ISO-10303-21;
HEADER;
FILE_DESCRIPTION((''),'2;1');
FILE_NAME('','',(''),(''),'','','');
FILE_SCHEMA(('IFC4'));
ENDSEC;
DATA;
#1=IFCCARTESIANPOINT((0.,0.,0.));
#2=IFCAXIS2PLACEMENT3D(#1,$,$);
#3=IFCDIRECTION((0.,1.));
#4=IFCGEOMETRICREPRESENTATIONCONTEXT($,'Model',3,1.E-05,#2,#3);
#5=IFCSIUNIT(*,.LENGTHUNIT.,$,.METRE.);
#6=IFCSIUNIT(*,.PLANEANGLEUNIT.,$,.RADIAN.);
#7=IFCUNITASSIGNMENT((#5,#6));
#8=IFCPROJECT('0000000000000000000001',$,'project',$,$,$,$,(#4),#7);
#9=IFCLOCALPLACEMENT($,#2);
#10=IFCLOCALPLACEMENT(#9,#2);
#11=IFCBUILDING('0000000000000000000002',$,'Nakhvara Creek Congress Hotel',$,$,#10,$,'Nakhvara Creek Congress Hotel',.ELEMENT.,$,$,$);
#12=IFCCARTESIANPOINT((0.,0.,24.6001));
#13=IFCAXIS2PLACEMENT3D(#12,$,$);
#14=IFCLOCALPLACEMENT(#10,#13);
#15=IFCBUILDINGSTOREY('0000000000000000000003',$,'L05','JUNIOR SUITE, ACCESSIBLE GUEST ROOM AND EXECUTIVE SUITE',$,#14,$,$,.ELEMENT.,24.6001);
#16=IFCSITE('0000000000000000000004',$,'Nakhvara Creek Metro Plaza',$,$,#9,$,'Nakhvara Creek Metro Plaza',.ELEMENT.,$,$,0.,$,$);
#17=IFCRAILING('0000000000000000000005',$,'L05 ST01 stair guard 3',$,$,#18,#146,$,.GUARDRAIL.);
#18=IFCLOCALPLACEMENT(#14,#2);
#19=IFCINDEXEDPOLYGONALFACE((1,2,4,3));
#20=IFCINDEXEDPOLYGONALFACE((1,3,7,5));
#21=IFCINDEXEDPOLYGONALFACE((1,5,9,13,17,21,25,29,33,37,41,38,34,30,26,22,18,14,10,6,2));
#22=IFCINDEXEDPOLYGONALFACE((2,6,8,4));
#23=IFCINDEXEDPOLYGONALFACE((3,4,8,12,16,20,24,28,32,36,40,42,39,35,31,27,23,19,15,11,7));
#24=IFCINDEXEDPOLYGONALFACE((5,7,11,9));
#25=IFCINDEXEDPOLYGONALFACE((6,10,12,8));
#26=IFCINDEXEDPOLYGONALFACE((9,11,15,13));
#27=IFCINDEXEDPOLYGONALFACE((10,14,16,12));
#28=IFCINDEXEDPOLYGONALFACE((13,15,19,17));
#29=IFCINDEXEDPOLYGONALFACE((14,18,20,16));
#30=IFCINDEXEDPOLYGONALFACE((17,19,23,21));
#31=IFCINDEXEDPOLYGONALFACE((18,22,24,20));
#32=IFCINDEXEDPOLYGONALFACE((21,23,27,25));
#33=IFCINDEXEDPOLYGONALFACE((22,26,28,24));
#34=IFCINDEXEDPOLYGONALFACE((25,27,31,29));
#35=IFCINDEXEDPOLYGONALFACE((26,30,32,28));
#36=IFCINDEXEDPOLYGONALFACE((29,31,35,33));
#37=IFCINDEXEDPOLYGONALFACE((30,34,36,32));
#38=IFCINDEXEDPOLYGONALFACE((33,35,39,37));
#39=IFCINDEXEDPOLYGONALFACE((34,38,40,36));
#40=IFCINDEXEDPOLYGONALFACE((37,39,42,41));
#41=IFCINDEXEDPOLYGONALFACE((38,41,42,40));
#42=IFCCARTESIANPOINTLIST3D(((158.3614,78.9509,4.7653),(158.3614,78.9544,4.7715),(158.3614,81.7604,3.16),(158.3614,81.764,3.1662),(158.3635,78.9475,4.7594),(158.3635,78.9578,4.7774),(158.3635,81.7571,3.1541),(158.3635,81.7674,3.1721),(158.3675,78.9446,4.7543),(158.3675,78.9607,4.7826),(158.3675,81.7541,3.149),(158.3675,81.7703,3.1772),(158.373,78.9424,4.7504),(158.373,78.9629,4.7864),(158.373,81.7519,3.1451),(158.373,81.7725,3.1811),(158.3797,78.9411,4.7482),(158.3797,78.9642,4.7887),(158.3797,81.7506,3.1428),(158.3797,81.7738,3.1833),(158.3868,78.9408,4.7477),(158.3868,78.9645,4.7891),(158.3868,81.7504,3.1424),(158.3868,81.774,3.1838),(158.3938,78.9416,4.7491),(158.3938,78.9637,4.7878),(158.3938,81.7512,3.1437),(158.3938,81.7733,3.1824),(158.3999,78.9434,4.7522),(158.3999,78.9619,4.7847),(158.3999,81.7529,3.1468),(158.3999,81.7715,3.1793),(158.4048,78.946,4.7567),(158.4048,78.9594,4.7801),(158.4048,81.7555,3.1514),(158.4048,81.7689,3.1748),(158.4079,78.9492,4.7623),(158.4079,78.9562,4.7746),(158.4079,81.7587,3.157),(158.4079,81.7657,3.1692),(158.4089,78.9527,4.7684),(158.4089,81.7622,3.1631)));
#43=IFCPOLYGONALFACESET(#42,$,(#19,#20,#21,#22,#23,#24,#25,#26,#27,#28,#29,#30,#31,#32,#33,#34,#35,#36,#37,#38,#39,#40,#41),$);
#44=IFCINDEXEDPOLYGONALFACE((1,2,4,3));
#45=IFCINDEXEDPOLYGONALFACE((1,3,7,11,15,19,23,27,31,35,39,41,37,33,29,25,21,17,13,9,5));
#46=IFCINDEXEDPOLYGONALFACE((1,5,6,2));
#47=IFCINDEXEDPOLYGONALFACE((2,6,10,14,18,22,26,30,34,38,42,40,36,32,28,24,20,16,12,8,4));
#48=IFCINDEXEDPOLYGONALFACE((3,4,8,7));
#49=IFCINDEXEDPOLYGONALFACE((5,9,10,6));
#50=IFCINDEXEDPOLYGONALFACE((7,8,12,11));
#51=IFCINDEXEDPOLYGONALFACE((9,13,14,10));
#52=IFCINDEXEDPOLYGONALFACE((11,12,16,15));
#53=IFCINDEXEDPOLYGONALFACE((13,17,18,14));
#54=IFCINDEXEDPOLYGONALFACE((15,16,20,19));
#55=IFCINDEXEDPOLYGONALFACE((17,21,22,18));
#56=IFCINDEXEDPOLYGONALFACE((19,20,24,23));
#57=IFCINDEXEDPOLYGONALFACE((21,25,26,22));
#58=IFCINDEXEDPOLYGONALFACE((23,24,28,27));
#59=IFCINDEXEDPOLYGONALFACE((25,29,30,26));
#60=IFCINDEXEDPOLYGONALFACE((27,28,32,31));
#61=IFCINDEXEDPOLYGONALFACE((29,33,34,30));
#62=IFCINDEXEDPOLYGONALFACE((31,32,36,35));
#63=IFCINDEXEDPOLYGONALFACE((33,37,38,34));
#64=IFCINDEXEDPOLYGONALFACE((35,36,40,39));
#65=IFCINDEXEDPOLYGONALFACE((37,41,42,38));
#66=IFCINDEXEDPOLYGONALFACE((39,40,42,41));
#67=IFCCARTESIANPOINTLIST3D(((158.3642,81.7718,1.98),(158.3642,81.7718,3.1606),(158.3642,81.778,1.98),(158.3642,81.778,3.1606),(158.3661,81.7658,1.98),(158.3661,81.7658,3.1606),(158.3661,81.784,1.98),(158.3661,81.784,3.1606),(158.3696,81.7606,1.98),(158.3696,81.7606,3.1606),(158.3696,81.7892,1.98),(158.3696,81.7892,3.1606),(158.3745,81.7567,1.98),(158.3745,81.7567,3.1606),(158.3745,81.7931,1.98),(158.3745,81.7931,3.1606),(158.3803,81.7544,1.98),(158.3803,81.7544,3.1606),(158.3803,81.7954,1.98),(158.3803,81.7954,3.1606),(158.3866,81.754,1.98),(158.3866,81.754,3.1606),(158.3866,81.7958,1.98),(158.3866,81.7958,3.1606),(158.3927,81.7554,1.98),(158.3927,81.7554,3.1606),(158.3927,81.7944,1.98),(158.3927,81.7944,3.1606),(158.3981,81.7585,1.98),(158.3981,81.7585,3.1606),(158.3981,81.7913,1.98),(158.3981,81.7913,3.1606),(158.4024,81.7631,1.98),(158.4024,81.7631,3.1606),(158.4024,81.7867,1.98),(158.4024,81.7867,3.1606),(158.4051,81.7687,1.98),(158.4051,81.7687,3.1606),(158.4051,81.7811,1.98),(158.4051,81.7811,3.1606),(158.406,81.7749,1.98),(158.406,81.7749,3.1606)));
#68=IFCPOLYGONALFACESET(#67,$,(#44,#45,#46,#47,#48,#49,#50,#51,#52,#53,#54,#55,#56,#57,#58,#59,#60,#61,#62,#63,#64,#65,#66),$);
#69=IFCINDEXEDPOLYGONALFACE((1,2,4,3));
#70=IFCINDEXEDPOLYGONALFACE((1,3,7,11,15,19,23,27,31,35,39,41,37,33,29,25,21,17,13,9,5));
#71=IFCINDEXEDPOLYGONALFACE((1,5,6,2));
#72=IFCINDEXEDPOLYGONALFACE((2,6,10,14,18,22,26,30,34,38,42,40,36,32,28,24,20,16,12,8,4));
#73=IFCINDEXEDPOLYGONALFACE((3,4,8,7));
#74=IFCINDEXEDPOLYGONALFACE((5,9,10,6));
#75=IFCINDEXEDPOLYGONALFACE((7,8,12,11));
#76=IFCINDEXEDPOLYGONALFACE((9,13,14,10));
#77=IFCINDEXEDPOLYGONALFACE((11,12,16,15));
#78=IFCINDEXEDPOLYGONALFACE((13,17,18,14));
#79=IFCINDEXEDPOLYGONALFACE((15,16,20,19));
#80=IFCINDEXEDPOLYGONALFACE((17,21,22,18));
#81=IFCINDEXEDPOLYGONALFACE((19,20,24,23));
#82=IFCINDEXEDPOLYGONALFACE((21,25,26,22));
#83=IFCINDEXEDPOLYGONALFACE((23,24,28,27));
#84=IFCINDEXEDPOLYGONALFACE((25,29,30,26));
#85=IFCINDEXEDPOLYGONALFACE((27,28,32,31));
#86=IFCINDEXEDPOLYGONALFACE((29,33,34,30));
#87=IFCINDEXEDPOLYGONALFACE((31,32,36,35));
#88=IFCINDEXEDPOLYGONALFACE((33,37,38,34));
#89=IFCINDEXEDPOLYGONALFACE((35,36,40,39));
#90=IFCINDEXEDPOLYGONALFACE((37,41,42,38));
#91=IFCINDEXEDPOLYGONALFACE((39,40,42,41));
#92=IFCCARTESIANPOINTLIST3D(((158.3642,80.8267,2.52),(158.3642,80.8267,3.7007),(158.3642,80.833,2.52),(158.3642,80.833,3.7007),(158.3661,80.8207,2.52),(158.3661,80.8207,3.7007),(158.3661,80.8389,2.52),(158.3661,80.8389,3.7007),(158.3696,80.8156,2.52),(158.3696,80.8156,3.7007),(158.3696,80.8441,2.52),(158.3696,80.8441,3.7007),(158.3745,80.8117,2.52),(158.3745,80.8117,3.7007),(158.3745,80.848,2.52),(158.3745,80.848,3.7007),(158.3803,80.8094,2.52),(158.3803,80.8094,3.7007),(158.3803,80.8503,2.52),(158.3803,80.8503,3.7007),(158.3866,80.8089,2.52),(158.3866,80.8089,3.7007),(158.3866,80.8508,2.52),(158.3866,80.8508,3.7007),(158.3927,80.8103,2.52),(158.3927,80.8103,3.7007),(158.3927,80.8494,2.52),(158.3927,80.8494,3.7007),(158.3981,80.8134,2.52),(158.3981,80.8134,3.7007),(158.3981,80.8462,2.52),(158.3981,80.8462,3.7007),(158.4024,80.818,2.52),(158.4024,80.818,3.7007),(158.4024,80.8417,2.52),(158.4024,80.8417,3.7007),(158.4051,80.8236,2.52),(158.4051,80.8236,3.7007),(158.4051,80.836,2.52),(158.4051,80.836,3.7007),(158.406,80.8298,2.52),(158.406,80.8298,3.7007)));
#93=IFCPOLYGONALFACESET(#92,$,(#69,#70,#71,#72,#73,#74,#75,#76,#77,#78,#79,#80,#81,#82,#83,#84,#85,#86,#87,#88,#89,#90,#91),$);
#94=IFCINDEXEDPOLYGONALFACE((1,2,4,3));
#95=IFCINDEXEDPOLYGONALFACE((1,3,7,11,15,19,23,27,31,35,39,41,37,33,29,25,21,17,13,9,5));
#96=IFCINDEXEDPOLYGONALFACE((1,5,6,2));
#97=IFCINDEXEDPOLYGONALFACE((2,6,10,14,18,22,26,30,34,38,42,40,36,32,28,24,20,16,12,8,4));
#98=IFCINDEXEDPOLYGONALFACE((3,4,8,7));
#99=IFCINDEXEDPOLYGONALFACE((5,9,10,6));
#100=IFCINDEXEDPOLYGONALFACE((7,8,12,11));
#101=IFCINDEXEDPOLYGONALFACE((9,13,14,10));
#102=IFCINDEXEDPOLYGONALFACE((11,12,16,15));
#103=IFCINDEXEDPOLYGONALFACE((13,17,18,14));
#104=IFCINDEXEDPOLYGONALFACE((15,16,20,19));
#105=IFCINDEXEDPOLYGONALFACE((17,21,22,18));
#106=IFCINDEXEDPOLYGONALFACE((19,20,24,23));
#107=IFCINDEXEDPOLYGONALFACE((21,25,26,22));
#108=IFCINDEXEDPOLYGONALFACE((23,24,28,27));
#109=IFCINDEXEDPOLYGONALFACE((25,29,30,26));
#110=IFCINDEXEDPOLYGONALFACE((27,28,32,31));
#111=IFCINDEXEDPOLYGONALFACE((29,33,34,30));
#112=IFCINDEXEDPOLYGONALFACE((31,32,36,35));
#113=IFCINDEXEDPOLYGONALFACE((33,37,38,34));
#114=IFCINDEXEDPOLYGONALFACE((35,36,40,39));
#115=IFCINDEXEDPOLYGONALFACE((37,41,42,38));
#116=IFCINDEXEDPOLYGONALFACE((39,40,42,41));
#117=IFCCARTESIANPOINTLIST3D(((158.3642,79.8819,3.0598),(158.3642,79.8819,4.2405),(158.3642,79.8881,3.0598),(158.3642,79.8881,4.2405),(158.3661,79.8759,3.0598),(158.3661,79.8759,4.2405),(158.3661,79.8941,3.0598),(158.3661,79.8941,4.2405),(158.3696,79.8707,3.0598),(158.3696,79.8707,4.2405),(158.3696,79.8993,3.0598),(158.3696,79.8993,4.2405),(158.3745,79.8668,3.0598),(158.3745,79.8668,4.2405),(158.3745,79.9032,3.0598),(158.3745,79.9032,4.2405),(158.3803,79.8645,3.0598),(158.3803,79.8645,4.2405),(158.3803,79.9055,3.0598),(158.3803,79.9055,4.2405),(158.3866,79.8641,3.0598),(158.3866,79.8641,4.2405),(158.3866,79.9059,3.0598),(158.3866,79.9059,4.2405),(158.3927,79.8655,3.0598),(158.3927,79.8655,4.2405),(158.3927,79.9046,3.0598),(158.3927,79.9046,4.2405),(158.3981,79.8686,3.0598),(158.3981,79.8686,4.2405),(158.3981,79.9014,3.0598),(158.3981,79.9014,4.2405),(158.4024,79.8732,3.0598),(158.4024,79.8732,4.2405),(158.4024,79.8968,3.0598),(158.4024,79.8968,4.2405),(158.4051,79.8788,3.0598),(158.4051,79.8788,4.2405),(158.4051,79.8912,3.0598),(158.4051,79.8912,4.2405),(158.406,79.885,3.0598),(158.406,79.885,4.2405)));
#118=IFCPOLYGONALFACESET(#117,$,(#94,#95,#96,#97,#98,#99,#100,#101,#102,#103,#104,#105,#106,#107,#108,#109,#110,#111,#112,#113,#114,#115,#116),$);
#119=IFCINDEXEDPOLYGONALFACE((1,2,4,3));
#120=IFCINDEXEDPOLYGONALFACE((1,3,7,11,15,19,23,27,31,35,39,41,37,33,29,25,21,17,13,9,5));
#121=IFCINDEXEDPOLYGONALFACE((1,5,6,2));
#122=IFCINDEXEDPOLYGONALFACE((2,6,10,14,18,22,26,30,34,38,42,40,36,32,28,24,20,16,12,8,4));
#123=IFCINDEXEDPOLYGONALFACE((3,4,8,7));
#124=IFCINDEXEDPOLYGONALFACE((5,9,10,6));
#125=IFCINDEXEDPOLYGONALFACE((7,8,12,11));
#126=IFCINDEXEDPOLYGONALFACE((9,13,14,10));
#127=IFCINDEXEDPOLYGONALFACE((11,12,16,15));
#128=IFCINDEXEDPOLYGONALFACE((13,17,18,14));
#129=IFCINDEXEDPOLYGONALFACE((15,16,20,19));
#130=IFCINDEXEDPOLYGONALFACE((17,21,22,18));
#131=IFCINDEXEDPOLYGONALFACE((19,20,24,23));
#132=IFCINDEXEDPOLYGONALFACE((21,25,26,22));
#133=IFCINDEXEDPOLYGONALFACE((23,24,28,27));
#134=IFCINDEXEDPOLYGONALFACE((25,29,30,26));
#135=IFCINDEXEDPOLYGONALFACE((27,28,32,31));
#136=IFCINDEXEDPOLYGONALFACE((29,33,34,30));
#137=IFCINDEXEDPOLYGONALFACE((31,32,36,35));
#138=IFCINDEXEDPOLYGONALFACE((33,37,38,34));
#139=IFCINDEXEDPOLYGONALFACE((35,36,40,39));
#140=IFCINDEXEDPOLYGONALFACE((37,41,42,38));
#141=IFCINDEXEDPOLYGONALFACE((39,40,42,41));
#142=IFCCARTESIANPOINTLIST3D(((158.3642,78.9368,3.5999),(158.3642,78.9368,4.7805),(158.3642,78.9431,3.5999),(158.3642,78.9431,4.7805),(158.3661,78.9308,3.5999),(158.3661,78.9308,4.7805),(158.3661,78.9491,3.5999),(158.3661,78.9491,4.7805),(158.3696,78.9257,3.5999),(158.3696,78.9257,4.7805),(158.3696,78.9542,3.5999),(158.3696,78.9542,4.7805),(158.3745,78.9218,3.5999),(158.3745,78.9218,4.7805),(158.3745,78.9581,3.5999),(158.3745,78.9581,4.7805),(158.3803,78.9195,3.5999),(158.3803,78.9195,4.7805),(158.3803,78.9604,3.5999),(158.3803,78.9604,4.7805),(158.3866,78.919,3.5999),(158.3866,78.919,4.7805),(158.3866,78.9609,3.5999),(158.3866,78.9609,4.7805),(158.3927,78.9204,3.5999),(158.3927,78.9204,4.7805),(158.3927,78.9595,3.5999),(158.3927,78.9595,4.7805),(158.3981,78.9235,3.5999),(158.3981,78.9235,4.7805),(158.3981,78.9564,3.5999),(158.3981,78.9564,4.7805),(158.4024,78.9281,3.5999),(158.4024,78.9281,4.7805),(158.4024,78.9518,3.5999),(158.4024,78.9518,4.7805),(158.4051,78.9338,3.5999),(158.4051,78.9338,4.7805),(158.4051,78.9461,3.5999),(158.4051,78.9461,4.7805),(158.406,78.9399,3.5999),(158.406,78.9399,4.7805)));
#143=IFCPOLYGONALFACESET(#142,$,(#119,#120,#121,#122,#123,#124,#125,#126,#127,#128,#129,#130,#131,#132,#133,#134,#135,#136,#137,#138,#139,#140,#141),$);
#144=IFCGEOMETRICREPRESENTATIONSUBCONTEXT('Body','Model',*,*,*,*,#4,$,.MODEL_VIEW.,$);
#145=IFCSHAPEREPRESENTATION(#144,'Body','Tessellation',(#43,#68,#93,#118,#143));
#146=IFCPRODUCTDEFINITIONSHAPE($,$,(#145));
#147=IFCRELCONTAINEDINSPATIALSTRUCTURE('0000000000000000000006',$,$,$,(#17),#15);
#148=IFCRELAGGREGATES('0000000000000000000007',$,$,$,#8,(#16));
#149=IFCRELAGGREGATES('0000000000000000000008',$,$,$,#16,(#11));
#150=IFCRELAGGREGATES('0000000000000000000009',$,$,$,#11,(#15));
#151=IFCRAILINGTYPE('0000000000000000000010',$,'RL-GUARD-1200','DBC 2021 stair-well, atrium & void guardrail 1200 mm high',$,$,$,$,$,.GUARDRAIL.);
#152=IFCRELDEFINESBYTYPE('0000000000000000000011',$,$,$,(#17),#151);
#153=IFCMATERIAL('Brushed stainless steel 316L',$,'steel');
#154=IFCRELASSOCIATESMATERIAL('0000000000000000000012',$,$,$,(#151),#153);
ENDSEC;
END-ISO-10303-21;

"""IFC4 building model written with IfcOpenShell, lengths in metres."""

from ifc_helpers import new_model, si_unit, direction, frame, origin, origin_2d, place, context, subcontext, project, spatial, circle, extrude, material, type_object, element, save


model = new_model("IFC4")

# Units and contexts
model_context = context("Model", 3, precision=1e-05, world=origin(), true_north=direction((0.0, 1.0)))
body_context = subcontext(model_context, "Body", "Model", "MODEL_VIEW")
ifc_project = project(units=[si_unit("LENGTHUNIT", "METRE"), si_unit("PLANEANGLEUNIT", "RADIAN")], contexts=[model_context])

# Site, building, storey
site_placement = place(None, origin())
site = spatial("IfcSite", under=ifc_project, at=site_placement, Name="Nakhvara Creek Metro Plaza", LongName="Nakhvara Creek Metro Plaza", CompositionType="ELEMENT", RefElevation=0.0)
building_placement = place(site_placement, origin())
building = spatial("IfcBuilding", under=site, at=building_placement, Name="Nakhvara Creek Congress Hotel", LongName="Nakhvara Creek Congress Hotel", CompositionType="ELEMENT")
storey_placement = place(building_placement, frame((0.0, 0.0, 24.6001)))
storey = spatial("IfcBuildingStorey", under=building, at=storey_placement, Name="L05", Description="JUNIOR SUITE, ACCESSIBLE GUEST ROOM AND EXECUTIVE SUITE", CompositionType="ELEMENT", Elevation=24.6001)

# Railing
ifc_material_1 = material(Name="Brushed stainless steel 316L", Category="steel")
railing_type_1 = type_object("IfcRailingType", Name="RL-GUARD-1200", Description="DBC 2021 stair-well, atrium & void guardrail 1200 mm high", PredefinedType="GUARDRAIL", material=ifc_material_1)
railing_1_placement = place(storey_placement, frame((158.385, 81.7749, 1.98)))
element("IfcRailing", 1, at=railing_1_placement, inside=storey, type_object=railing_type_1, Name="L05 ST01 stair guard 3", PredefinedType="GUARDRAIL", context=body_context, shape_type="SweptSolid", body=[
    extrude(circle(Radius=0.0239, at=origin_2d()), frame((0.0, -0.0127, 1.1831), z_axis=(0.0, -0.868257, 0.496115), x_axis=(1.0, 0.0, 0.0)), (0.0, 0.0, 1.0), 3.2358),
    extrude(circle(Radius=0.021, at=origin_2d()), origin(), (0.0, 0.0, 1.0), 1.1807),
    extrude(circle(Radius=0.021, at=origin_2d()), frame((0.0, -0.9451, 0.54)), (0.0, 0.0, 1.0), 1.1807),
    extrude(circle(Radius=0.021, at=origin_2d()), frame((0.0, -1.8899, 1.0798)), (0.0, 0.0, 1.0), 1.1807),
    extrude(circle(Radius=0.021, at=origin_2d()), frame((0.0, -2.835, 1.6199)), (0.0, 0.0, 1.0), 1.1807),
])

save(model, "model.ifc")
